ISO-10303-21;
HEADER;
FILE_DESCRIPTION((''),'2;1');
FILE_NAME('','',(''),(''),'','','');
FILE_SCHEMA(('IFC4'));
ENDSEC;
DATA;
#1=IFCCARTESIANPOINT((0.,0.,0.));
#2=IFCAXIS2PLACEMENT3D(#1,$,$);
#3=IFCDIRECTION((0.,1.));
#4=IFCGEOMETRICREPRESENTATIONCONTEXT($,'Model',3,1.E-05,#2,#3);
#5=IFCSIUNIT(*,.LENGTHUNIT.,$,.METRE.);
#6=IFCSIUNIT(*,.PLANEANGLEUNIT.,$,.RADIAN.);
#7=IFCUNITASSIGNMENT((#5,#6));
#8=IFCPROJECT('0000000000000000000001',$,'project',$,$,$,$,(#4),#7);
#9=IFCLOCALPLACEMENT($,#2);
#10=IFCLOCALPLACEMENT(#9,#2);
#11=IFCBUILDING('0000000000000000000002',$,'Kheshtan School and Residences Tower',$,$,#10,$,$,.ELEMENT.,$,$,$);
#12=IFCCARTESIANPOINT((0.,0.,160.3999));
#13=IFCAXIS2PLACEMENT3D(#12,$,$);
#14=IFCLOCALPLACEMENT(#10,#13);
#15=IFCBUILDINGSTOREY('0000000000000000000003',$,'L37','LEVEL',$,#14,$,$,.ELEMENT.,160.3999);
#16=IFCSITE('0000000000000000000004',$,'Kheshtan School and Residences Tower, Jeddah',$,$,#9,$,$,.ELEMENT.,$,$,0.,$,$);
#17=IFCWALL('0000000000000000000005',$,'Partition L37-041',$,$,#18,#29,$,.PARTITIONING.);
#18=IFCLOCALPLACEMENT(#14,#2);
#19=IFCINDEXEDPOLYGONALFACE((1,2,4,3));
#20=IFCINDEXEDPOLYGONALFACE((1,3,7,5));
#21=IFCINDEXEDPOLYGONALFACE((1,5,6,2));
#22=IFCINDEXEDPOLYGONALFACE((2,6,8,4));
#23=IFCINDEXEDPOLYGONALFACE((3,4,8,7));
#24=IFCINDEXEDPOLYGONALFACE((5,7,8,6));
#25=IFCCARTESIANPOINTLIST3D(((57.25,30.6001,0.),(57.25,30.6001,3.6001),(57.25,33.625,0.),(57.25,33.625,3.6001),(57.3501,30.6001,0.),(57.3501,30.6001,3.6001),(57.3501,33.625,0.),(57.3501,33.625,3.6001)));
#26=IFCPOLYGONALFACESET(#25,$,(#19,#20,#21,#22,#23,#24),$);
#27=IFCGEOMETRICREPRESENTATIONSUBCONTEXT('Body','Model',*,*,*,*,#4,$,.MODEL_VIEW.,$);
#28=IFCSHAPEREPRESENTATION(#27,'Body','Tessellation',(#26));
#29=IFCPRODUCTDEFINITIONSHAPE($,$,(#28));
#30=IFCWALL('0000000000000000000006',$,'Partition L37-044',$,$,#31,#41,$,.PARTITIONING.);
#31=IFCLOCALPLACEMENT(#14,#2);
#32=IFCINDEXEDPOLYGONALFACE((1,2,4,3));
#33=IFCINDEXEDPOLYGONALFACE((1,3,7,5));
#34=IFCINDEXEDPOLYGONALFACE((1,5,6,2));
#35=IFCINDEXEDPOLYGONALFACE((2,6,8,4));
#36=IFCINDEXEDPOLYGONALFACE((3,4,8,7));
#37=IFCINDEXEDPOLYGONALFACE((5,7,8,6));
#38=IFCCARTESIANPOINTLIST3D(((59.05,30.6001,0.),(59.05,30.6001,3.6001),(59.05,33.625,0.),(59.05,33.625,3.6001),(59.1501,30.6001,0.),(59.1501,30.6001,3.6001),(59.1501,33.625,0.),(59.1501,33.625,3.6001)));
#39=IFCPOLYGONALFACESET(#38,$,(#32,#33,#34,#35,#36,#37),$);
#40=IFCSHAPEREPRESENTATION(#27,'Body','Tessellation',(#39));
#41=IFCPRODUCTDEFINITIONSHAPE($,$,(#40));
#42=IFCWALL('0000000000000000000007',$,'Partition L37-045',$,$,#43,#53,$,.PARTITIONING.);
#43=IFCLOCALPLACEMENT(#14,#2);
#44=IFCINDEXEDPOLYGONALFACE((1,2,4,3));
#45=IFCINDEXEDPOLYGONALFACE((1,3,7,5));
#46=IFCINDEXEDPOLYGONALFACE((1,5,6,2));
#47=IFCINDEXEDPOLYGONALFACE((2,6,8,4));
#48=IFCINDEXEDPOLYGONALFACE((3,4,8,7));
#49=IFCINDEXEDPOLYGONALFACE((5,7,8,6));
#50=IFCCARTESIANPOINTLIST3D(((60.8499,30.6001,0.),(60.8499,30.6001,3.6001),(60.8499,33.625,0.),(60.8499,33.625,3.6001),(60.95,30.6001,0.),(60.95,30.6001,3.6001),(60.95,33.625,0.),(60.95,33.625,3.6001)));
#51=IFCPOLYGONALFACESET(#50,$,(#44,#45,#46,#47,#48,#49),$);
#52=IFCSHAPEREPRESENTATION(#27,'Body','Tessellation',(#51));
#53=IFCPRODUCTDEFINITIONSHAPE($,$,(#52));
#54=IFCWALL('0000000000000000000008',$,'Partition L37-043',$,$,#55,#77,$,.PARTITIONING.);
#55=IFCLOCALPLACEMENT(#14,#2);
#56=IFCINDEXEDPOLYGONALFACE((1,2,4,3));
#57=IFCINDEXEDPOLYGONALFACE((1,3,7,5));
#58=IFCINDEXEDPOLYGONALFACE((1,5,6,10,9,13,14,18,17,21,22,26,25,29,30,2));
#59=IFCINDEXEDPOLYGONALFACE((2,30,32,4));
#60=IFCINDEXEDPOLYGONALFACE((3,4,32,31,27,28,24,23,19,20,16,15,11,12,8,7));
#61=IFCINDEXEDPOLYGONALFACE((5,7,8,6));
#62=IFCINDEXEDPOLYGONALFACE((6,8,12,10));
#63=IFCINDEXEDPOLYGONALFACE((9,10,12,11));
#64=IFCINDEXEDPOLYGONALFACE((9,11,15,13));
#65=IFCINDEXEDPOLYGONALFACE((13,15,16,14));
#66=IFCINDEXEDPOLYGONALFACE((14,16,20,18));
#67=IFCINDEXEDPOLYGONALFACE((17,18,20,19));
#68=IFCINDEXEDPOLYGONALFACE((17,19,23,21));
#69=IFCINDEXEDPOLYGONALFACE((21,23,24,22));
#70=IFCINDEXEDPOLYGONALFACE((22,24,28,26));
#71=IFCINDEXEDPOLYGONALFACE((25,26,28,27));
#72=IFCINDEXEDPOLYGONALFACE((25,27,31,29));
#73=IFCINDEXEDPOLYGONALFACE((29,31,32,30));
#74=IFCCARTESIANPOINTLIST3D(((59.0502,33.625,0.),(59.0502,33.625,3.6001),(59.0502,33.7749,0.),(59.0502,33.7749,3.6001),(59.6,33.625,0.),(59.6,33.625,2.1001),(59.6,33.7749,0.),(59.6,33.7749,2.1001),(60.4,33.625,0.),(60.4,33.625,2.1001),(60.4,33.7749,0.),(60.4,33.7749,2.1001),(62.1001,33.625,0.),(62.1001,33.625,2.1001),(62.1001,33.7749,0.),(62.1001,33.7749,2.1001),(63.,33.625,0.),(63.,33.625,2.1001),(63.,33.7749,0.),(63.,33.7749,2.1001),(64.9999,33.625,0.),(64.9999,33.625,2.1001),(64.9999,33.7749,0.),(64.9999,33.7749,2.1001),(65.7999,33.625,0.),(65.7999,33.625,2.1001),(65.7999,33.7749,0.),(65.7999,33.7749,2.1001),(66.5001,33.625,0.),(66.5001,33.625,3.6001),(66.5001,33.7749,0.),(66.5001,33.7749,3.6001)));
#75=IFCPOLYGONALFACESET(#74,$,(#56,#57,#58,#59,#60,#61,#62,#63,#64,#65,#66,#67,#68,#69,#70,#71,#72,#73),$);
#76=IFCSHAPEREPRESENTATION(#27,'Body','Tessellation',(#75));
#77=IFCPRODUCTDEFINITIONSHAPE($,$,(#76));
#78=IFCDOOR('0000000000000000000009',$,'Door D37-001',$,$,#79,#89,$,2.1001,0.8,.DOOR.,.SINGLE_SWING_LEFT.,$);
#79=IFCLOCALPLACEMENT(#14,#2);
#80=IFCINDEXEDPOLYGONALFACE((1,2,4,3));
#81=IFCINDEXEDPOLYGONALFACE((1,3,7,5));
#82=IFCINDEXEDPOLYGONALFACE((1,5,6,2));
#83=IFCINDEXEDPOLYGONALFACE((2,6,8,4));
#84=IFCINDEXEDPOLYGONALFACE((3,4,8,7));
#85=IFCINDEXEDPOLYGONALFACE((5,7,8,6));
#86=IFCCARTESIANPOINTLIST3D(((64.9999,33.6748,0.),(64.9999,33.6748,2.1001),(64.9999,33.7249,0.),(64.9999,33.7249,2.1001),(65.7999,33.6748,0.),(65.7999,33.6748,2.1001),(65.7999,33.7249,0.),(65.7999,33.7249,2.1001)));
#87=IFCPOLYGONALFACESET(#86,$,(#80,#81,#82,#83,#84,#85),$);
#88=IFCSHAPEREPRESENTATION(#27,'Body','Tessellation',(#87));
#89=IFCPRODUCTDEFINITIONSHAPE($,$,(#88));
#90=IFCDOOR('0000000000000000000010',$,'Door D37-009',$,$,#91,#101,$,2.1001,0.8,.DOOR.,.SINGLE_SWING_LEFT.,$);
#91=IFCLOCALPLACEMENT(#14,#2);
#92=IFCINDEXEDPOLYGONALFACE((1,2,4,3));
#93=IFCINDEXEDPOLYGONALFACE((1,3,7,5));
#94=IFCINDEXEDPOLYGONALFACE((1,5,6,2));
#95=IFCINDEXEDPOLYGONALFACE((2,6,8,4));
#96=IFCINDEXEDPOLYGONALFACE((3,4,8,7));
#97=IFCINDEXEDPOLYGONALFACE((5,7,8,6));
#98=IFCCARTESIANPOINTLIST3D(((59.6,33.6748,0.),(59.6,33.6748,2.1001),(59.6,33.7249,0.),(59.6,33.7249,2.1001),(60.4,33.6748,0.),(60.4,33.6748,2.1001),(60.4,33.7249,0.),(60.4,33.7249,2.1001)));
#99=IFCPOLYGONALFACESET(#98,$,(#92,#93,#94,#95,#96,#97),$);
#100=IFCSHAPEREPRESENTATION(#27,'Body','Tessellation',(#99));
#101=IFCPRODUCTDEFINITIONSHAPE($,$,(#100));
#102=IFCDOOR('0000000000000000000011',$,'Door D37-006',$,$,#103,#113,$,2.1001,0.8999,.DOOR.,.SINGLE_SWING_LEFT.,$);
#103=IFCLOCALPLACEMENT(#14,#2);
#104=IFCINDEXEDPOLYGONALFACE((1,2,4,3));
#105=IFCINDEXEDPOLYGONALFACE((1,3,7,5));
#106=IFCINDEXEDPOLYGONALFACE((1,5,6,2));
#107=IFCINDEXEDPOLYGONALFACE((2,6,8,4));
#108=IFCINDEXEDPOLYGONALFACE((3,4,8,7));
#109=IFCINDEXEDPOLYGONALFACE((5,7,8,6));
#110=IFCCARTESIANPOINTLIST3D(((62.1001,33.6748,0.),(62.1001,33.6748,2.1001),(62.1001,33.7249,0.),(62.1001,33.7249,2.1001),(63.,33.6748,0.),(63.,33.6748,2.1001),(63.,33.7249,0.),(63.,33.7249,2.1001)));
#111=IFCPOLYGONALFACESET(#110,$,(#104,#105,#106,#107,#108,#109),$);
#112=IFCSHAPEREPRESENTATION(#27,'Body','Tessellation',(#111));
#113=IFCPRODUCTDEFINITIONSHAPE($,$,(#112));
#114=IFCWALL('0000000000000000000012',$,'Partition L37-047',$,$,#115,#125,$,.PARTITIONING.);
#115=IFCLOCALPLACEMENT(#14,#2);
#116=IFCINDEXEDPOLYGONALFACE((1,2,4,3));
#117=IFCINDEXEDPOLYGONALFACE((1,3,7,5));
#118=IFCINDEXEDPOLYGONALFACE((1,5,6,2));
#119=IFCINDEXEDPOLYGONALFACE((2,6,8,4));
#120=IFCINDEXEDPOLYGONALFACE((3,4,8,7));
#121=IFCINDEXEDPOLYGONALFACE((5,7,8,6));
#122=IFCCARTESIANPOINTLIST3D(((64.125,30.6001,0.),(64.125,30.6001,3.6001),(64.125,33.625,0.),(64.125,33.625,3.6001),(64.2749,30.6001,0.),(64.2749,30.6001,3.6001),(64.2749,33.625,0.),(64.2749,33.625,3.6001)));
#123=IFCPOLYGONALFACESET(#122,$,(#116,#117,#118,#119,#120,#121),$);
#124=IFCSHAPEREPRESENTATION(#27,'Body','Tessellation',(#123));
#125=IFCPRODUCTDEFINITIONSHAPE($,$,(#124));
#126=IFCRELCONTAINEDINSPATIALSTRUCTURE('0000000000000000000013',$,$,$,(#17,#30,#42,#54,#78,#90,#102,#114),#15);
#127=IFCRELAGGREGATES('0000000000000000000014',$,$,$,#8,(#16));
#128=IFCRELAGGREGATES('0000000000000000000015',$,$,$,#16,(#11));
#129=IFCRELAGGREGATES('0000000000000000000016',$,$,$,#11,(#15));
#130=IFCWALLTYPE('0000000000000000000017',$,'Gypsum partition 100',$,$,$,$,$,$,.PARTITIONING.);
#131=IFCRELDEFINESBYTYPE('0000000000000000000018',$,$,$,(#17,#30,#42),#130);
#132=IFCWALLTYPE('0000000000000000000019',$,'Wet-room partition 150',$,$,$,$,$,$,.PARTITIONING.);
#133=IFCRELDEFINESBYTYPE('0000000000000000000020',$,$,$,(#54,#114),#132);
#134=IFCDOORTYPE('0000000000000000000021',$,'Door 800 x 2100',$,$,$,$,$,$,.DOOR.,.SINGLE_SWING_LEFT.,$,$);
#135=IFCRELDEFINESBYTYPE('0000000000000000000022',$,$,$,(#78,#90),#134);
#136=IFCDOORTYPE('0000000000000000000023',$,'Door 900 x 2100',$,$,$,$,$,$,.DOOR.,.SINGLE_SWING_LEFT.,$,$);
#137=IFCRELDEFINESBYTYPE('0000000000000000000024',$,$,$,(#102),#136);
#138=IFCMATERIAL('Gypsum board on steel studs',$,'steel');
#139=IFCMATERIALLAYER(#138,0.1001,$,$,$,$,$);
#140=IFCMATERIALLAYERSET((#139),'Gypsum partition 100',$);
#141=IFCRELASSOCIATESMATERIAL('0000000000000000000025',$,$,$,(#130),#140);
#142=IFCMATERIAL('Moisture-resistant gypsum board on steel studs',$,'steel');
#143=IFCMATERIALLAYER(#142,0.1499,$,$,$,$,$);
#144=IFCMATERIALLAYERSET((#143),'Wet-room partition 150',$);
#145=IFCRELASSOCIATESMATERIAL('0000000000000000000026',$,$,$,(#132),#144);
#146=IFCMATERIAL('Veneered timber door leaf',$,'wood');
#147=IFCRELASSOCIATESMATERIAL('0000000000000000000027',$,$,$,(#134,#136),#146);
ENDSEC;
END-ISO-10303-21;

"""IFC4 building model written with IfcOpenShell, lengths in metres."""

from ifc_helpers import new_model, si_unit, direction, frame, frame_2d, origin, place, context, subcontext, project, spatial, rectangle, extrude, source, transform, mapped, material, layer, layer_set, type_object, element, fill, save


model = new_model("IFC4")

# Units and contexts
model_context = context("Model", 3, precision=1e-05, world=origin(), true_north=direction((0.0, 1.0)))
body_context = subcontext(model_context, "Body", "Model", "MODEL_VIEW")
ifc_project = project(units=[si_unit("LENGTHUNIT", "METRE"), si_unit("PLANEANGLEUNIT", "RADIAN")], contexts=[model_context])

# Site, building, storey
site_placement = place(None, origin())
site = spatial("IfcSite", under=ifc_project, at=site_placement, Name="Kheshtan School and Residences Tower, Jeddah", CompositionType="ELEMENT", RefElevation=0.0)
building_placement = place(site_placement, origin())
building = spatial("IfcBuilding", under=site, at=building_placement, Name="Kheshtan School and Residences Tower", CompositionType="ELEMENT")
storey_placement = place(building_placement, frame((0.0, 0.0, 160.3999)))
storey = spatial("IfcBuildingStorey", under=building, at=storey_placement, Name="L37", Description="LEVEL", CompositionType="ELEMENT", Elevation=160.3999)

# Walls
ifc_material_1 = material(Name="Gypsum board on steel studs", Category="steel")
ifc_layer_1 = layer(ifc_material_1, 0.1001)
ifc_layer_set_1 = layer_set([ifc_layer_1], Name="Gypsum partition 100")
wall_type_1 = type_object("IfcWallType", Name="Gypsum partition 100", PredefinedType="PARTITIONING", material=ifc_layer_set_1)
for number, where, z_axis, x_axis, name in (
    (1, (57.3, 30.6001, 0.0), (0.0, 0.0, 1.0), (0.0, 1.0, 0.0), "Partition L37-041"),
    (2, (59.1001, 30.6001, 0.0), (0.0, 0.0, 1.0), (0.0, 1.0, 0.0), "Partition L37-044"),
    (3, (60.8999, 30.6001, 0.0), (0.0, 0.0, 1.0), (0.0, 1.0, 0.0), "Partition L37-045"),
):
    element("IfcWall", number, at=place(storey_placement, frame(where, z_axis=z_axis, x_axis=x_axis)), inside=storey, type_object=wall_type_1, Name=name, PredefinedType="PARTITIONING", context=body_context, shape_type="SweptSolid", body=[
        extrude(rectangle(XDim=3.0249, YDim=0.1001, at=frame_2d((1.5125, 0.0))), origin(), (0.0, 0.0, 1.0), 3.6001),
    ])

# Wall, openings, doors
ifc_material_2 = material(Name="Moisture-resistant gypsum board on steel studs", Category="steel")
ifc_layer_2 = layer(ifc_material_2, 0.1499)
ifc_layer_set_2 = layer_set([ifc_layer_2], Name="Wet-room partition 150")
wall_type_2 = type_object("IfcWallType", Name="Wet-room partition 150", PredefinedType="PARTITIONING", material=ifc_layer_set_2)
wall_1_placement = place(storey_placement, frame((59.05, 33.7, 0.0), z_axis=(0.0, 0.0, 1.0), x_axis=(1.0, 0.0, 0.0)))
wall_1 = element("IfcWall", 4, at=wall_1_placement, inside=storey, type_object=wall_type_2, Name="Partition L37-043", PredefinedType="PARTITIONING", context=body_context, shape_type="SweptSolid", body=[
    extrude(rectangle(XDim=7.45, YDim=0.1499, at=frame_2d((3.7251, 0.0))), origin(), (0.0, 0.0, 1.0), 3.6001),
])
opening_1_placement = place(wall_1_placement, frame((5.95, 0.0, 0.0)))
opening_1 = element("IfcOpeningElement", 5, at=opening_1_placement, cuts=wall_1, PredefinedType="OPENING", context=body_context, shape_type="SweptSolid", body=[
    extrude(rectangle(XDim=0.8, YDim=2.1001, at=frame_2d((0.3999, 1.05))), frame((0.0, 0.085, 0.0), z_axis=(0.0, -1.0, 0.0), x_axis=(1.0, 0.0, 0.0)), (0.0, 0.0, 1.0), 0.1699),
])
opening_2_placement = place(wall_1_placement, frame((3.05, 0.0, 0.0)))
opening_2 = element("IfcOpeningElement", 6, at=opening_2_placement, cuts=wall_1, PredefinedType="OPENING", context=body_context, shape_type="SweptSolid", body=[
    extrude(rectangle(XDim=0.8999, YDim=2.1001, at=frame_2d((0.45, 1.05))), frame((0.0, 0.085, 0.0), z_axis=(0.0, -1.0, 0.0), x_axis=(1.0, 0.0, 0.0)), (0.0, 0.0, 1.0), 0.1699),
])
opening_3_placement = place(wall_1_placement, frame((0.55, 0.0, 0.0)))
opening_3 = element("IfcOpeningElement", 7, at=opening_3_placement, cuts=wall_1, PredefinedType="OPENING", context=body_context, shape_type="SweptSolid", body=[
    extrude(rectangle(XDim=0.8, YDim=2.1001, at=frame_2d((0.3999, 1.05))), frame((0.0, 0.085, 0.0), z_axis=(0.0, -1.0, 0.0), x_axis=(1.0, 0.0, 0.0)), (0.0, 0.0, 1.0), 0.1699),
])
ifc_material_3 = material(Name="Veneered timber door leaf", Category="wood")
door_type_1 = type_object("IfcDoorType", Name="Door 800 x 2100", OperationType="SINGLE_SWING_LEFT", PredefinedType="DOOR", material=ifc_material_3)
shared_shape_1 = source(origin(), body_context, "Body", "SweptSolid", [
    extrude(rectangle(XDim=0.8, YDim=2.1001, at=frame_2d((0.3999, 1.05))), frame((0.0, 0.0249, 0.0), z_axis=(0.0, -1.0, 0.0), x_axis=(1.0, 0.0, 0.0)), (0.0, 0.0, 1.0), 0.05),
])
door_1_placement = place(opening_1_placement, origin())
door_1 = element("IfcDoor", 8, at=door_1_placement, inside=storey, type_object=door_type_1, Name="Door D37-001", OperationType="SINGLE_SWING_LEFT", OverallHeight=2.1001, OverallWidth=0.8, PredefinedType="DOOR", context=body_context, shape_type="MappedRepresentation", body=[
    mapped(shared_shape_1, transform((0.0, 0.0, 0.0), x_axis=(1.0, 0.0, 0.0), y_axis=(0.0, 1.0, 0.0), z_axis=(0.0, 0.0, 1.0), scale=1.0)),
])
fill(opening_1, door_1)
door_2_placement = place(opening_3_placement, origin())
door_2 = element("IfcDoor", 9, at=door_2_placement, inside=storey, type_object=door_type_1, Name="Door D37-009", OperationType="SINGLE_SWING_LEFT", OverallHeight=2.1001, OverallWidth=0.8, PredefinedType="DOOR", context=body_context, shape_type="MappedRepresentation", body=[
    mapped(shared_shape_1, transform((0.0, 0.0, 0.0), x_axis=(1.0, 0.0, 0.0), y_axis=(0.0, 1.0, 0.0), z_axis=(0.0, 0.0, 1.0), scale=1.0)),
])
fill(opening_3, door_2)
door_type_2 = type_object("IfcDoorType", Name="Door 900 x 2100", OperationType="SINGLE_SWING_LEFT", PredefinedType="DOOR", material=ifc_material_3)
shared_shape_2 = source(origin(), body_context, "Body", "SweptSolid", [
    extrude(rectangle(XDim=0.8999, YDim=2.1001, at=frame_2d((0.45, 1.05))), frame((0.0, 0.0249, 0.0), z_axis=(0.0, -1.0, 0.0), x_axis=(1.0, 0.0, 0.0)), (0.0, 0.0, 1.0), 0.05),
])
door_3_placement = place(opening_2_placement, origin())
door_3 = element("IfcDoor", 10, at=door_3_placement, inside=storey, type_object=door_type_2, Name="Door D37-006", OperationType="SINGLE_SWING_LEFT", OverallHeight=2.1001, OverallWidth=0.8999, PredefinedType="DOOR", context=body_context, shape_type="MappedRepresentation", body=[
    mapped(shared_shape_2, transform((0.0, 0.0, 0.0), x_axis=(1.0, 0.0, 0.0), y_axis=(0.0, 1.0, 0.0), z_axis=(0.0, 0.0, 1.0), scale=1.0)),
])
fill(opening_2, door_3)

# Wall
wall_2_placement = place(storey_placement, frame((64.2, 30.6001, 0.0), z_axis=(0.0, 0.0, 1.0), x_axis=(0.0, 1.0, 0.0)))
element("IfcWall", 11, at=wall_2_placement, inside=storey, type_object=wall_type_2, Name="Partition L37-047", PredefinedType="PARTITIONING", context=body_context, shape_type="SweptSolid", body=[
    extrude(rectangle(XDim=3.0249, YDim=0.1499, at=frame_2d((1.5125, 0.0))), origin(), (0.0, 0.0, 1.0), 3.6001),
])

save(model, "model.ifc")
